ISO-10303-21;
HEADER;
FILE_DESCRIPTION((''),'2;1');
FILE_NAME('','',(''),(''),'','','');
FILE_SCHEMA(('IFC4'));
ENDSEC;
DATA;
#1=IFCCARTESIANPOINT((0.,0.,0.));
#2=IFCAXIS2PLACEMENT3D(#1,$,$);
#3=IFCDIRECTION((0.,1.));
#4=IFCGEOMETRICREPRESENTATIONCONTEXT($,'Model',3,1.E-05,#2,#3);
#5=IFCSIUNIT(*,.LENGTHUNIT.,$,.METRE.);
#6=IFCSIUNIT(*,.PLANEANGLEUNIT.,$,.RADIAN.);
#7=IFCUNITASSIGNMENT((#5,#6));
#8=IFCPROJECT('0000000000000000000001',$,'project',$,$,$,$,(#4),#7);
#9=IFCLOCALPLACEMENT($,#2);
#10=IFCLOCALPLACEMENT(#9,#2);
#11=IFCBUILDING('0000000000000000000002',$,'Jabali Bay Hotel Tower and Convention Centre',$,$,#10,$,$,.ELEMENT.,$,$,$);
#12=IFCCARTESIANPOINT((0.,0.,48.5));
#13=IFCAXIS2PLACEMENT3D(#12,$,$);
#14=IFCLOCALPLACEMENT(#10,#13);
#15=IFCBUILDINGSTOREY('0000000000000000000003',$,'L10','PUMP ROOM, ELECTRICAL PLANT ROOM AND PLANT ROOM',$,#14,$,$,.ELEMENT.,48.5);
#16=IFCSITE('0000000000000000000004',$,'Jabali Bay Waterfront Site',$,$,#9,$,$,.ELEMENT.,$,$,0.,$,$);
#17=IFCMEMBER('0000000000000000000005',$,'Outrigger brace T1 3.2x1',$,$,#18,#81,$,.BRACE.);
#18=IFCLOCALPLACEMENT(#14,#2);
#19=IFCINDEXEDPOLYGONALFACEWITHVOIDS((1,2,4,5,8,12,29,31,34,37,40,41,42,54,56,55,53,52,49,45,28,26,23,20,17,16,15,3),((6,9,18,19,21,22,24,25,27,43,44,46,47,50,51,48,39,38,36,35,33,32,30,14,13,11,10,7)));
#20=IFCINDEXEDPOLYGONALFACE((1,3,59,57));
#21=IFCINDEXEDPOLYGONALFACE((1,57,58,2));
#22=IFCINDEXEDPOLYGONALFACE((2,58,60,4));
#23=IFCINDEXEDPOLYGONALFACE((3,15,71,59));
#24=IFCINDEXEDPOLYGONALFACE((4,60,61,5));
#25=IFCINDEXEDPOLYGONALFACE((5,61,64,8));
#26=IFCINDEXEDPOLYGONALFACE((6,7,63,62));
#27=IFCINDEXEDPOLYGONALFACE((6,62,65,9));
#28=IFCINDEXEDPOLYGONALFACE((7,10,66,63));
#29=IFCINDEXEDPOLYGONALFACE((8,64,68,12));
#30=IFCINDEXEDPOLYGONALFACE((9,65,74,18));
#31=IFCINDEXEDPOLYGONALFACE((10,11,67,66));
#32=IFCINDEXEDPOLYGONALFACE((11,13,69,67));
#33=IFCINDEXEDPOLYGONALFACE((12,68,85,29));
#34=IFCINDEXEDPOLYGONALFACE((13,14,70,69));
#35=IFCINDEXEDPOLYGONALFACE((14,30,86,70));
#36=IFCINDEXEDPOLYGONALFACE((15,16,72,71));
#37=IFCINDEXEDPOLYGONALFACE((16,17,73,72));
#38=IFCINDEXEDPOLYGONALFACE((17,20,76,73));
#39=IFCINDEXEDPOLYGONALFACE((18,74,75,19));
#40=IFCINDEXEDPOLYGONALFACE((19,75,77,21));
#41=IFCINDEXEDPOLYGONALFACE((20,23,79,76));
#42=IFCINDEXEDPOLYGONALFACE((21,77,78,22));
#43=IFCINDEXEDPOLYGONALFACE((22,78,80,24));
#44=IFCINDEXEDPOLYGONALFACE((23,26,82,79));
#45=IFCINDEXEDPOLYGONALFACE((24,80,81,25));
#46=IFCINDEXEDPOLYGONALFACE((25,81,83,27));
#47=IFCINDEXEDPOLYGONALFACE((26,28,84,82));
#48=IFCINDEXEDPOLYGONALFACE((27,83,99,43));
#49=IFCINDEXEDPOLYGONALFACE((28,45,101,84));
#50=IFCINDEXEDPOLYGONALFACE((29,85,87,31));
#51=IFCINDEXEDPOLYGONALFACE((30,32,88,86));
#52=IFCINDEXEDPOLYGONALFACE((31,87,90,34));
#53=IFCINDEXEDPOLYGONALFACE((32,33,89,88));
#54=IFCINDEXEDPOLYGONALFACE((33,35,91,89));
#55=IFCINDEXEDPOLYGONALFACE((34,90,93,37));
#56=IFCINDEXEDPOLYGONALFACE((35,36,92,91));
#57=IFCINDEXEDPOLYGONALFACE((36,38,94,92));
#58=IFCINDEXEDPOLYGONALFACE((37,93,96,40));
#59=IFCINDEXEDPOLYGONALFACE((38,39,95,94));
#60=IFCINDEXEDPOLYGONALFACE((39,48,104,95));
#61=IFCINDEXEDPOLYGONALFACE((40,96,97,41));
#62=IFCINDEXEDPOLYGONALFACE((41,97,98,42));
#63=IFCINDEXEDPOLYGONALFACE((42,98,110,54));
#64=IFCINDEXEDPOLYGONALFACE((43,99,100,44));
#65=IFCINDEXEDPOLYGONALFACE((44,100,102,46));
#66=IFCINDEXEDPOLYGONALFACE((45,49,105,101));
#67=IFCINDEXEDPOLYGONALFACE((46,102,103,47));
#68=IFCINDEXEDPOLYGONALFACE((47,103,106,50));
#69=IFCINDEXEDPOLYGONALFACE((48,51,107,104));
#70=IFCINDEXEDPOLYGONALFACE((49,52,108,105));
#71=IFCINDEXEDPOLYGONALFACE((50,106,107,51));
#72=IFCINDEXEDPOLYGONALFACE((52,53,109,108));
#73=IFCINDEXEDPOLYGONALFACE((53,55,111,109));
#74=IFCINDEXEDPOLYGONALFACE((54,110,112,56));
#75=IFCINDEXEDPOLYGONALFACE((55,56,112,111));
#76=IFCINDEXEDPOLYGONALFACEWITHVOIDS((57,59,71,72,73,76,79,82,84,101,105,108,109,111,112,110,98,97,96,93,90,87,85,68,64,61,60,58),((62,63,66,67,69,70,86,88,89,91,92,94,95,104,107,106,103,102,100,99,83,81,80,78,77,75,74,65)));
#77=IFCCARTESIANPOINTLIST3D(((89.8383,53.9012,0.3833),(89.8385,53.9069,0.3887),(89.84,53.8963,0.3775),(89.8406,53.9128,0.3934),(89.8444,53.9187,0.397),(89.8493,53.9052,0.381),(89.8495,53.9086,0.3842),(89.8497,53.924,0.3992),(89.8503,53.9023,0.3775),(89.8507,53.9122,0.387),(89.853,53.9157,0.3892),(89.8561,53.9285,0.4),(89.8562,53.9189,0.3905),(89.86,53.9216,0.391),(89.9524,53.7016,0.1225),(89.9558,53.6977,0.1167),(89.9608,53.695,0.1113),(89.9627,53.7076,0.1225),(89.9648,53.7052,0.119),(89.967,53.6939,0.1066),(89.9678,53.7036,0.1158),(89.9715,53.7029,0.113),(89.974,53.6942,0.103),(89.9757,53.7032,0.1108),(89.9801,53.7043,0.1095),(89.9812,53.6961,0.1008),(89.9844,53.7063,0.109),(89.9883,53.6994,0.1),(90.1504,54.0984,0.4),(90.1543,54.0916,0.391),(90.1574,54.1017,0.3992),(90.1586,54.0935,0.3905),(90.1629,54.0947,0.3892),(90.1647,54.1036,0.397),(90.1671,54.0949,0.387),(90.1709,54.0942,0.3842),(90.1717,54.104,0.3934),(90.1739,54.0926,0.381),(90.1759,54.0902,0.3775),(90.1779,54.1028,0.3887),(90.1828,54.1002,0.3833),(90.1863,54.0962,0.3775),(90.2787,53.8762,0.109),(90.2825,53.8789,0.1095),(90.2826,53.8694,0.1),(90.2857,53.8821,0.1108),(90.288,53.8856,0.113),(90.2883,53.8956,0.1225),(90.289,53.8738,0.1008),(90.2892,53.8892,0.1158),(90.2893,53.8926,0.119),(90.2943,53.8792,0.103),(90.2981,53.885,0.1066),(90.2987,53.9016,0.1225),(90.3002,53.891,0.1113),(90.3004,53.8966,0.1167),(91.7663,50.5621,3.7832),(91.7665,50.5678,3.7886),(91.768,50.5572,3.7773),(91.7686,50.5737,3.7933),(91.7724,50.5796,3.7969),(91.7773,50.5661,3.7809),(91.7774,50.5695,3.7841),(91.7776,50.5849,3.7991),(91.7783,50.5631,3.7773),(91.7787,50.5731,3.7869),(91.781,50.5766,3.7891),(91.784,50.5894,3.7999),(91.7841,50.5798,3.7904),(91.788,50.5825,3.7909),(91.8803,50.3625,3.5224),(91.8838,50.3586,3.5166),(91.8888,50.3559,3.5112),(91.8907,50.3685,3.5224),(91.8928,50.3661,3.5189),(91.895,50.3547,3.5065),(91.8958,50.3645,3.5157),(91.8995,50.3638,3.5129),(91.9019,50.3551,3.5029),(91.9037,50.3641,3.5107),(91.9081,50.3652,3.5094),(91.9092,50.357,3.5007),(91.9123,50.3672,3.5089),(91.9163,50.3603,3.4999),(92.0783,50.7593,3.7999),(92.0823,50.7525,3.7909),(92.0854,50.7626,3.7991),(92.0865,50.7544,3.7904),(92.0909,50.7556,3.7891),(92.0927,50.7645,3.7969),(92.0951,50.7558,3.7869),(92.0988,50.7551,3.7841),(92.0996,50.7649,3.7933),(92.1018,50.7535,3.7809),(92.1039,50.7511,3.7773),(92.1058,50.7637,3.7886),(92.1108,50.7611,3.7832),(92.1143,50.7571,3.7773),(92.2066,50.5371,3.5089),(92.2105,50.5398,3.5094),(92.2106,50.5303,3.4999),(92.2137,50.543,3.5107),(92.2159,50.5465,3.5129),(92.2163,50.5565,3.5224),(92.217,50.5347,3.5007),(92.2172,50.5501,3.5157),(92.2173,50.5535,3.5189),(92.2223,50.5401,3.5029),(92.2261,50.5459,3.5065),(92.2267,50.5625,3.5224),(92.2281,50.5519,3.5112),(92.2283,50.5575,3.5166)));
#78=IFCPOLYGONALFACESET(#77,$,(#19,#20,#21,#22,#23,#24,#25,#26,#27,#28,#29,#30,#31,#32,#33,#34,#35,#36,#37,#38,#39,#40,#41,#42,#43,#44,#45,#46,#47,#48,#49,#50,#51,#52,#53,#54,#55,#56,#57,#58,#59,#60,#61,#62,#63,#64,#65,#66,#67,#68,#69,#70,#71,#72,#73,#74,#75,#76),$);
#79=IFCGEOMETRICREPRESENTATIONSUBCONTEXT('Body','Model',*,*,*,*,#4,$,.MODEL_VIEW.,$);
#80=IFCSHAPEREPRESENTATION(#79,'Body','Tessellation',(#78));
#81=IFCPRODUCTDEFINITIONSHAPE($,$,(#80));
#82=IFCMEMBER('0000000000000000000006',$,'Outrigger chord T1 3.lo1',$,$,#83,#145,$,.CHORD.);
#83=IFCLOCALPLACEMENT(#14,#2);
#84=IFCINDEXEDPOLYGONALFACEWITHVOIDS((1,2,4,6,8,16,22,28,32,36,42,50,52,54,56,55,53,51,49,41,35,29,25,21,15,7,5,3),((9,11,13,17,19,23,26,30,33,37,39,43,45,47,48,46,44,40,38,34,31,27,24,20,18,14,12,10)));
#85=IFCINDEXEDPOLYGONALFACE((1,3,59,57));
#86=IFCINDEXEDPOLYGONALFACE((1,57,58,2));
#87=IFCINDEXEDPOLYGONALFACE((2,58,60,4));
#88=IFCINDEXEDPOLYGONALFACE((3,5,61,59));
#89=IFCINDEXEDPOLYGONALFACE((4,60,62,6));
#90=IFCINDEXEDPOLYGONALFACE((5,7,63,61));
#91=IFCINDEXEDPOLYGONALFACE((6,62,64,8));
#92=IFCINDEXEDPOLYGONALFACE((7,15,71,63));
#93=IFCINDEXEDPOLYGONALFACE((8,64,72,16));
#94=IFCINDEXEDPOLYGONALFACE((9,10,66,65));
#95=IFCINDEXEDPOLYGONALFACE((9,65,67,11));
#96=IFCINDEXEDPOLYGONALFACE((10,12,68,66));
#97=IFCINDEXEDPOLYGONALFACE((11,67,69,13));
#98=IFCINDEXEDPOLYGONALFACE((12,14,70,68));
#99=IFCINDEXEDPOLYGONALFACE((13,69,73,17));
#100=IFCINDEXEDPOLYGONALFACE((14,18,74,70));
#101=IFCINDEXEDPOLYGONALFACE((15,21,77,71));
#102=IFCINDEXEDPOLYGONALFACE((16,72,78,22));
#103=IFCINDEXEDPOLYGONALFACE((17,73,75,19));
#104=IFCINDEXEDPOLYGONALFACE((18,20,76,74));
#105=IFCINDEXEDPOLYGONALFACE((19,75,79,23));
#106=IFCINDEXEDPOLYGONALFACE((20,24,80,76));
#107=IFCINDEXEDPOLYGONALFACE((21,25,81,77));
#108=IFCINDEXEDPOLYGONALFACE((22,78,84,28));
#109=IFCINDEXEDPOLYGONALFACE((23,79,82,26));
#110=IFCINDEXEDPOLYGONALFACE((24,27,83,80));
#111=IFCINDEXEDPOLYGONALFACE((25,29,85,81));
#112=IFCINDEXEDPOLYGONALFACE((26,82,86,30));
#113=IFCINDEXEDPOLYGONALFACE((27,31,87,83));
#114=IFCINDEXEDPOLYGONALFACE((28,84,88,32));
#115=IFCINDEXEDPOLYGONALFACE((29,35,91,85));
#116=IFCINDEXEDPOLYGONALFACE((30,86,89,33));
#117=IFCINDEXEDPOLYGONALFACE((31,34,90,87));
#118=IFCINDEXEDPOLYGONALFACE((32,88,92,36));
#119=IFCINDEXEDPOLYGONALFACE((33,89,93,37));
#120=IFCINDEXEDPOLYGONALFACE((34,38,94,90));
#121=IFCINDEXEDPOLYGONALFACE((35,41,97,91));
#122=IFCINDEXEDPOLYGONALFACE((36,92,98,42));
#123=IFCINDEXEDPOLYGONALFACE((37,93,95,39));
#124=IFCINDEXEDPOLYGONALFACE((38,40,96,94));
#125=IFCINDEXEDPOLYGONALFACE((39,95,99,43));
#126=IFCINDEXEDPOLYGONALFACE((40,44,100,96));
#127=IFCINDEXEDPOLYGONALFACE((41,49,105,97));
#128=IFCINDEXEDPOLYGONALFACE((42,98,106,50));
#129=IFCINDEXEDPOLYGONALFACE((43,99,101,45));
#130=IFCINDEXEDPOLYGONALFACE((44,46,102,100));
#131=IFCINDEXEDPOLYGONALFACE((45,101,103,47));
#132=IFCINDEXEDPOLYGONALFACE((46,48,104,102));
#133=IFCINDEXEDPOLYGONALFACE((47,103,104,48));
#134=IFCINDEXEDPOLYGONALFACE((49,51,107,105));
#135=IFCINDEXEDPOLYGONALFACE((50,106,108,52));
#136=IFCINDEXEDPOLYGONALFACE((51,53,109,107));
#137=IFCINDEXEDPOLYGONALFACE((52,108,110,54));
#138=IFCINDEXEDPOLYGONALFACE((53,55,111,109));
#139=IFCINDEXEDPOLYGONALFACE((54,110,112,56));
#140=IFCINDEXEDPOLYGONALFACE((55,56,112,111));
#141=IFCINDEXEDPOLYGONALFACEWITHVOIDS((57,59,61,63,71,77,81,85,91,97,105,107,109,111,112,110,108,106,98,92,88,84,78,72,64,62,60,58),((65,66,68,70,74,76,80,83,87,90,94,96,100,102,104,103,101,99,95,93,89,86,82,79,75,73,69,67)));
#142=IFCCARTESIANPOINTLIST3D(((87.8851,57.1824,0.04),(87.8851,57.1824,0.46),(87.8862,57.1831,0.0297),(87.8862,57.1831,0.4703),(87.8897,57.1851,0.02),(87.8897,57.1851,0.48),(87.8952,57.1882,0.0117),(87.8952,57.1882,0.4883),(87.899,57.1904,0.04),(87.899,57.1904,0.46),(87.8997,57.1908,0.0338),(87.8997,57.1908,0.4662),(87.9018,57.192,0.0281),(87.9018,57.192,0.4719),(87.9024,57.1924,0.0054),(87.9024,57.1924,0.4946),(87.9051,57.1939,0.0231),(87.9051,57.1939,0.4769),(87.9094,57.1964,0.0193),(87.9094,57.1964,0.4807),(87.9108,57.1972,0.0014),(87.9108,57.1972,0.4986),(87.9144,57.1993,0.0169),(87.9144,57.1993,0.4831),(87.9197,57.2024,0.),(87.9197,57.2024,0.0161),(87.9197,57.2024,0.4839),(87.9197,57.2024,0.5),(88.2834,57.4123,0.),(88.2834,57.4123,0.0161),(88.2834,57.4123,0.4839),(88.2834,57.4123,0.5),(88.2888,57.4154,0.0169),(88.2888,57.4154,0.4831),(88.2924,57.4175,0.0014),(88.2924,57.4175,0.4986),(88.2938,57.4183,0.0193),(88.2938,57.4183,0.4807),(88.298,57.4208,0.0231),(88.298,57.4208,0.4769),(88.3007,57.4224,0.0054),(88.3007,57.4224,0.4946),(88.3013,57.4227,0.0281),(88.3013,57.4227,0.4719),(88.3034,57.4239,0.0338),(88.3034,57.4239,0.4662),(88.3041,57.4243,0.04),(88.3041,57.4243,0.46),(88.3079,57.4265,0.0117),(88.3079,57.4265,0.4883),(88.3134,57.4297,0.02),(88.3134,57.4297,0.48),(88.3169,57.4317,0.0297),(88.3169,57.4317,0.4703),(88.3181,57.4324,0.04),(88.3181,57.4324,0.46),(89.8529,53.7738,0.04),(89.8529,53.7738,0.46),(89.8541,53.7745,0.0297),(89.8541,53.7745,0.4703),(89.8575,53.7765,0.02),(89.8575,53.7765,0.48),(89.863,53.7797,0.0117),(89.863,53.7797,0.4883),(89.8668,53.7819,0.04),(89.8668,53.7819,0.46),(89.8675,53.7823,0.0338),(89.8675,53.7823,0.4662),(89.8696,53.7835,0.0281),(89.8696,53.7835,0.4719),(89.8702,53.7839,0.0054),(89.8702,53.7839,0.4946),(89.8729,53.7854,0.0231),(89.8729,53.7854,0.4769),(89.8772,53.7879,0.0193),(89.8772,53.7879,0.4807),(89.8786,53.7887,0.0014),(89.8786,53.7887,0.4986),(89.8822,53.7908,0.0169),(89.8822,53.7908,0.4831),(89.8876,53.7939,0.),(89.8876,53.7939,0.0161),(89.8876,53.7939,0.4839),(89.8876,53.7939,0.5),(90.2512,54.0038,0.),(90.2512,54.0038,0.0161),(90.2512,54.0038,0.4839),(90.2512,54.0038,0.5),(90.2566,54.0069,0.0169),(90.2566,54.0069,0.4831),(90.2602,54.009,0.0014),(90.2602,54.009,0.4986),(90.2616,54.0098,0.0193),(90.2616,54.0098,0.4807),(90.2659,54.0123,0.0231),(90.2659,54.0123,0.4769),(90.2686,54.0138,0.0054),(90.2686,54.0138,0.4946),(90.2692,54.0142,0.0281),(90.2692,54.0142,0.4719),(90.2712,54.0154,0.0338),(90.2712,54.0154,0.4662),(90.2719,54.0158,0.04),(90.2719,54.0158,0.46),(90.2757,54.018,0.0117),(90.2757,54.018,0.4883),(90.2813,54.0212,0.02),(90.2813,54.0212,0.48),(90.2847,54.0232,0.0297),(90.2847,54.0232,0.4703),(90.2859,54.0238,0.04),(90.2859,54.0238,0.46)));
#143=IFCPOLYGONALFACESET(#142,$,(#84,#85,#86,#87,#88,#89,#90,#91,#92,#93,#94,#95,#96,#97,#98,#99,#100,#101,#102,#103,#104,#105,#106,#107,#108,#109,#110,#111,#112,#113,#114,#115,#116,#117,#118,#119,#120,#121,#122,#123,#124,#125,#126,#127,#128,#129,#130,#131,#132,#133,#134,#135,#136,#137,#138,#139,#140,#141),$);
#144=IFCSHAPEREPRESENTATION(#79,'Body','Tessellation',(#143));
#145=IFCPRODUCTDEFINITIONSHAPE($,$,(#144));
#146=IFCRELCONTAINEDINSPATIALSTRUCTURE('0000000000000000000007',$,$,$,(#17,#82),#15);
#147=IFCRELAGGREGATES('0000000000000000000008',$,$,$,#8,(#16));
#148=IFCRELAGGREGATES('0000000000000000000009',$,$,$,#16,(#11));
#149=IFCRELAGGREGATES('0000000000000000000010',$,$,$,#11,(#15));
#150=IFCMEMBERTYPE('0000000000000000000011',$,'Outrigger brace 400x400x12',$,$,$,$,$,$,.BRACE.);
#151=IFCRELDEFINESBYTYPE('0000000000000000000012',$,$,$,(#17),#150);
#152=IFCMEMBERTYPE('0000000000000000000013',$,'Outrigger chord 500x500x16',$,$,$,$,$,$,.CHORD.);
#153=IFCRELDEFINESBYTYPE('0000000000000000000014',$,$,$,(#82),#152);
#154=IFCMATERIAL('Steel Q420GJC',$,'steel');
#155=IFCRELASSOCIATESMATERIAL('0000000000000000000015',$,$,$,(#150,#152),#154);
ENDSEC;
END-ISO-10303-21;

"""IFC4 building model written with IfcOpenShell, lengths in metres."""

from ifc_helpers import new_model, si_unit, direction, frame, origin, origin_2d, place, context, subcontext, project, spatial, hollow_rectangle, extrude, material, material_profile, profile_set, type_object, element, save


model = new_model("IFC4")

# Units and contexts
model_context = context("Model", 3, precision=1e-05, world=origin(), true_north=direction((0.0, 1.0)))
body_context = subcontext(model_context, "Body", "Model", "MODEL_VIEW")
ifc_project = project(units=[si_unit("LENGTHUNIT", "METRE"), si_unit("PLANEANGLEUNIT", "RADIAN")], contexts=[model_context])

# Site, building, storey
site_placement = place(None, origin())
site = spatial("IfcSite", under=ifc_project, at=site_placement, Name="Jabali Bay Waterfront Site", CompositionType="ELEMENT", RefElevation=0.0)
building_placement = place(site_placement, origin())
building = spatial("IfcBuilding", under=site, at=building_placement, Name="Jabali Bay Hotel Tower and Convention Centre", CompositionType="ELEMENT")
storey_placement = place(building_placement, frame((0.0, 0.0, 48.5)))
storey = spatial("IfcBuildingStorey", under=building, at=storey_placement, Name="L10", Description="PUMP ROOM, ELECTRICAL PLANT ROOM AND PLANT ROOM", CompositionType="ELEMENT", Elevation=48.5)

# Members
ifc_material_1 = material(Name="Steel Q420GJC", Category="steel")
ifc_material_profile_1 = material_profile(ifc_material_1, hollow_rectangle(XDim=0.3999, YDim=0.3999, WallThickness=0.012, InnerFilletRadius=0.0181, OuterFilletRadius=0.03, at=origin_2d()), Name="Outrigger brace 400x400x12")
ifc_profile_set_1 = profile_set([ifc_material_profile_1], Name="Steel Q420GJC")
member_type_1 = type_object("IfcMemberType", Name="Outrigger brace 400x400x12", PredefinedType="BRACE", material=ifc_profile_set_1)
member_1_placement = place(storey_placement, frame((90.0693, 53.8989, 0.25), z_axis=(0.375047, -0.649553, 0.661378), x_axis=(0.866009, 0.500028, 0.0)))
element("IfcMember", 1, at=member_1_placement, inside=storey, type_object=member_type_1, Name="Outrigger brace T1 3.2x1", PredefinedType="BRACE", context=body_context, shape_type="SweptSolid", body=[
    extrude(hollow_rectangle(XDim=0.3999, YDim=0.3999, WallThickness=0.012, InnerFilletRadius=0.0181, OuterFilletRadius=0.03, at=origin_2d()), origin(), (0.0, 0.0, 1.0), 5.1406),
])
ifc_material_profile_2 = material_profile(ifc_material_1, hollow_rectangle(XDim=0.5, YDim=0.5, WallThickness=0.0161, InnerFilletRadius=0.0239, OuterFilletRadius=0.04, at=origin_2d()), Name="Outrigger chord 500x500x16")
ifc_profile_set_2 = profile_set([ifc_material_profile_2], Name="Steel Q420GJC")
member_type_2 = type_object("IfcMemberType", Name="Outrigger chord 500x500x16", PredefinedType="CHORD", material=ifc_profile_set_2)
member_2_placement = place(storey_placement, frame((88.1016, 57.3074, 0.25), z_axis=(0.499982, -0.866036, 0.0), x_axis=(0.866036, 0.499982, 0.0)))
element("IfcMember", 2, at=member_2_placement, inside=storey, type_object=member_type_2, Name="Outrigger chord T1 3.lo1", PredefinedType="CHORD", context=body_context, shape_type="SweptSolid", body=[
    extrude(hollow_rectangle(XDim=0.5, YDim=0.5, WallThickness=0.0161, InnerFilletRadius=0.0239, OuterFilletRadius=0.04, at=origin_2d()), origin(), (0.0, 0.0, 1.0), 3.9358),
])

save(model, "model.ifc")
